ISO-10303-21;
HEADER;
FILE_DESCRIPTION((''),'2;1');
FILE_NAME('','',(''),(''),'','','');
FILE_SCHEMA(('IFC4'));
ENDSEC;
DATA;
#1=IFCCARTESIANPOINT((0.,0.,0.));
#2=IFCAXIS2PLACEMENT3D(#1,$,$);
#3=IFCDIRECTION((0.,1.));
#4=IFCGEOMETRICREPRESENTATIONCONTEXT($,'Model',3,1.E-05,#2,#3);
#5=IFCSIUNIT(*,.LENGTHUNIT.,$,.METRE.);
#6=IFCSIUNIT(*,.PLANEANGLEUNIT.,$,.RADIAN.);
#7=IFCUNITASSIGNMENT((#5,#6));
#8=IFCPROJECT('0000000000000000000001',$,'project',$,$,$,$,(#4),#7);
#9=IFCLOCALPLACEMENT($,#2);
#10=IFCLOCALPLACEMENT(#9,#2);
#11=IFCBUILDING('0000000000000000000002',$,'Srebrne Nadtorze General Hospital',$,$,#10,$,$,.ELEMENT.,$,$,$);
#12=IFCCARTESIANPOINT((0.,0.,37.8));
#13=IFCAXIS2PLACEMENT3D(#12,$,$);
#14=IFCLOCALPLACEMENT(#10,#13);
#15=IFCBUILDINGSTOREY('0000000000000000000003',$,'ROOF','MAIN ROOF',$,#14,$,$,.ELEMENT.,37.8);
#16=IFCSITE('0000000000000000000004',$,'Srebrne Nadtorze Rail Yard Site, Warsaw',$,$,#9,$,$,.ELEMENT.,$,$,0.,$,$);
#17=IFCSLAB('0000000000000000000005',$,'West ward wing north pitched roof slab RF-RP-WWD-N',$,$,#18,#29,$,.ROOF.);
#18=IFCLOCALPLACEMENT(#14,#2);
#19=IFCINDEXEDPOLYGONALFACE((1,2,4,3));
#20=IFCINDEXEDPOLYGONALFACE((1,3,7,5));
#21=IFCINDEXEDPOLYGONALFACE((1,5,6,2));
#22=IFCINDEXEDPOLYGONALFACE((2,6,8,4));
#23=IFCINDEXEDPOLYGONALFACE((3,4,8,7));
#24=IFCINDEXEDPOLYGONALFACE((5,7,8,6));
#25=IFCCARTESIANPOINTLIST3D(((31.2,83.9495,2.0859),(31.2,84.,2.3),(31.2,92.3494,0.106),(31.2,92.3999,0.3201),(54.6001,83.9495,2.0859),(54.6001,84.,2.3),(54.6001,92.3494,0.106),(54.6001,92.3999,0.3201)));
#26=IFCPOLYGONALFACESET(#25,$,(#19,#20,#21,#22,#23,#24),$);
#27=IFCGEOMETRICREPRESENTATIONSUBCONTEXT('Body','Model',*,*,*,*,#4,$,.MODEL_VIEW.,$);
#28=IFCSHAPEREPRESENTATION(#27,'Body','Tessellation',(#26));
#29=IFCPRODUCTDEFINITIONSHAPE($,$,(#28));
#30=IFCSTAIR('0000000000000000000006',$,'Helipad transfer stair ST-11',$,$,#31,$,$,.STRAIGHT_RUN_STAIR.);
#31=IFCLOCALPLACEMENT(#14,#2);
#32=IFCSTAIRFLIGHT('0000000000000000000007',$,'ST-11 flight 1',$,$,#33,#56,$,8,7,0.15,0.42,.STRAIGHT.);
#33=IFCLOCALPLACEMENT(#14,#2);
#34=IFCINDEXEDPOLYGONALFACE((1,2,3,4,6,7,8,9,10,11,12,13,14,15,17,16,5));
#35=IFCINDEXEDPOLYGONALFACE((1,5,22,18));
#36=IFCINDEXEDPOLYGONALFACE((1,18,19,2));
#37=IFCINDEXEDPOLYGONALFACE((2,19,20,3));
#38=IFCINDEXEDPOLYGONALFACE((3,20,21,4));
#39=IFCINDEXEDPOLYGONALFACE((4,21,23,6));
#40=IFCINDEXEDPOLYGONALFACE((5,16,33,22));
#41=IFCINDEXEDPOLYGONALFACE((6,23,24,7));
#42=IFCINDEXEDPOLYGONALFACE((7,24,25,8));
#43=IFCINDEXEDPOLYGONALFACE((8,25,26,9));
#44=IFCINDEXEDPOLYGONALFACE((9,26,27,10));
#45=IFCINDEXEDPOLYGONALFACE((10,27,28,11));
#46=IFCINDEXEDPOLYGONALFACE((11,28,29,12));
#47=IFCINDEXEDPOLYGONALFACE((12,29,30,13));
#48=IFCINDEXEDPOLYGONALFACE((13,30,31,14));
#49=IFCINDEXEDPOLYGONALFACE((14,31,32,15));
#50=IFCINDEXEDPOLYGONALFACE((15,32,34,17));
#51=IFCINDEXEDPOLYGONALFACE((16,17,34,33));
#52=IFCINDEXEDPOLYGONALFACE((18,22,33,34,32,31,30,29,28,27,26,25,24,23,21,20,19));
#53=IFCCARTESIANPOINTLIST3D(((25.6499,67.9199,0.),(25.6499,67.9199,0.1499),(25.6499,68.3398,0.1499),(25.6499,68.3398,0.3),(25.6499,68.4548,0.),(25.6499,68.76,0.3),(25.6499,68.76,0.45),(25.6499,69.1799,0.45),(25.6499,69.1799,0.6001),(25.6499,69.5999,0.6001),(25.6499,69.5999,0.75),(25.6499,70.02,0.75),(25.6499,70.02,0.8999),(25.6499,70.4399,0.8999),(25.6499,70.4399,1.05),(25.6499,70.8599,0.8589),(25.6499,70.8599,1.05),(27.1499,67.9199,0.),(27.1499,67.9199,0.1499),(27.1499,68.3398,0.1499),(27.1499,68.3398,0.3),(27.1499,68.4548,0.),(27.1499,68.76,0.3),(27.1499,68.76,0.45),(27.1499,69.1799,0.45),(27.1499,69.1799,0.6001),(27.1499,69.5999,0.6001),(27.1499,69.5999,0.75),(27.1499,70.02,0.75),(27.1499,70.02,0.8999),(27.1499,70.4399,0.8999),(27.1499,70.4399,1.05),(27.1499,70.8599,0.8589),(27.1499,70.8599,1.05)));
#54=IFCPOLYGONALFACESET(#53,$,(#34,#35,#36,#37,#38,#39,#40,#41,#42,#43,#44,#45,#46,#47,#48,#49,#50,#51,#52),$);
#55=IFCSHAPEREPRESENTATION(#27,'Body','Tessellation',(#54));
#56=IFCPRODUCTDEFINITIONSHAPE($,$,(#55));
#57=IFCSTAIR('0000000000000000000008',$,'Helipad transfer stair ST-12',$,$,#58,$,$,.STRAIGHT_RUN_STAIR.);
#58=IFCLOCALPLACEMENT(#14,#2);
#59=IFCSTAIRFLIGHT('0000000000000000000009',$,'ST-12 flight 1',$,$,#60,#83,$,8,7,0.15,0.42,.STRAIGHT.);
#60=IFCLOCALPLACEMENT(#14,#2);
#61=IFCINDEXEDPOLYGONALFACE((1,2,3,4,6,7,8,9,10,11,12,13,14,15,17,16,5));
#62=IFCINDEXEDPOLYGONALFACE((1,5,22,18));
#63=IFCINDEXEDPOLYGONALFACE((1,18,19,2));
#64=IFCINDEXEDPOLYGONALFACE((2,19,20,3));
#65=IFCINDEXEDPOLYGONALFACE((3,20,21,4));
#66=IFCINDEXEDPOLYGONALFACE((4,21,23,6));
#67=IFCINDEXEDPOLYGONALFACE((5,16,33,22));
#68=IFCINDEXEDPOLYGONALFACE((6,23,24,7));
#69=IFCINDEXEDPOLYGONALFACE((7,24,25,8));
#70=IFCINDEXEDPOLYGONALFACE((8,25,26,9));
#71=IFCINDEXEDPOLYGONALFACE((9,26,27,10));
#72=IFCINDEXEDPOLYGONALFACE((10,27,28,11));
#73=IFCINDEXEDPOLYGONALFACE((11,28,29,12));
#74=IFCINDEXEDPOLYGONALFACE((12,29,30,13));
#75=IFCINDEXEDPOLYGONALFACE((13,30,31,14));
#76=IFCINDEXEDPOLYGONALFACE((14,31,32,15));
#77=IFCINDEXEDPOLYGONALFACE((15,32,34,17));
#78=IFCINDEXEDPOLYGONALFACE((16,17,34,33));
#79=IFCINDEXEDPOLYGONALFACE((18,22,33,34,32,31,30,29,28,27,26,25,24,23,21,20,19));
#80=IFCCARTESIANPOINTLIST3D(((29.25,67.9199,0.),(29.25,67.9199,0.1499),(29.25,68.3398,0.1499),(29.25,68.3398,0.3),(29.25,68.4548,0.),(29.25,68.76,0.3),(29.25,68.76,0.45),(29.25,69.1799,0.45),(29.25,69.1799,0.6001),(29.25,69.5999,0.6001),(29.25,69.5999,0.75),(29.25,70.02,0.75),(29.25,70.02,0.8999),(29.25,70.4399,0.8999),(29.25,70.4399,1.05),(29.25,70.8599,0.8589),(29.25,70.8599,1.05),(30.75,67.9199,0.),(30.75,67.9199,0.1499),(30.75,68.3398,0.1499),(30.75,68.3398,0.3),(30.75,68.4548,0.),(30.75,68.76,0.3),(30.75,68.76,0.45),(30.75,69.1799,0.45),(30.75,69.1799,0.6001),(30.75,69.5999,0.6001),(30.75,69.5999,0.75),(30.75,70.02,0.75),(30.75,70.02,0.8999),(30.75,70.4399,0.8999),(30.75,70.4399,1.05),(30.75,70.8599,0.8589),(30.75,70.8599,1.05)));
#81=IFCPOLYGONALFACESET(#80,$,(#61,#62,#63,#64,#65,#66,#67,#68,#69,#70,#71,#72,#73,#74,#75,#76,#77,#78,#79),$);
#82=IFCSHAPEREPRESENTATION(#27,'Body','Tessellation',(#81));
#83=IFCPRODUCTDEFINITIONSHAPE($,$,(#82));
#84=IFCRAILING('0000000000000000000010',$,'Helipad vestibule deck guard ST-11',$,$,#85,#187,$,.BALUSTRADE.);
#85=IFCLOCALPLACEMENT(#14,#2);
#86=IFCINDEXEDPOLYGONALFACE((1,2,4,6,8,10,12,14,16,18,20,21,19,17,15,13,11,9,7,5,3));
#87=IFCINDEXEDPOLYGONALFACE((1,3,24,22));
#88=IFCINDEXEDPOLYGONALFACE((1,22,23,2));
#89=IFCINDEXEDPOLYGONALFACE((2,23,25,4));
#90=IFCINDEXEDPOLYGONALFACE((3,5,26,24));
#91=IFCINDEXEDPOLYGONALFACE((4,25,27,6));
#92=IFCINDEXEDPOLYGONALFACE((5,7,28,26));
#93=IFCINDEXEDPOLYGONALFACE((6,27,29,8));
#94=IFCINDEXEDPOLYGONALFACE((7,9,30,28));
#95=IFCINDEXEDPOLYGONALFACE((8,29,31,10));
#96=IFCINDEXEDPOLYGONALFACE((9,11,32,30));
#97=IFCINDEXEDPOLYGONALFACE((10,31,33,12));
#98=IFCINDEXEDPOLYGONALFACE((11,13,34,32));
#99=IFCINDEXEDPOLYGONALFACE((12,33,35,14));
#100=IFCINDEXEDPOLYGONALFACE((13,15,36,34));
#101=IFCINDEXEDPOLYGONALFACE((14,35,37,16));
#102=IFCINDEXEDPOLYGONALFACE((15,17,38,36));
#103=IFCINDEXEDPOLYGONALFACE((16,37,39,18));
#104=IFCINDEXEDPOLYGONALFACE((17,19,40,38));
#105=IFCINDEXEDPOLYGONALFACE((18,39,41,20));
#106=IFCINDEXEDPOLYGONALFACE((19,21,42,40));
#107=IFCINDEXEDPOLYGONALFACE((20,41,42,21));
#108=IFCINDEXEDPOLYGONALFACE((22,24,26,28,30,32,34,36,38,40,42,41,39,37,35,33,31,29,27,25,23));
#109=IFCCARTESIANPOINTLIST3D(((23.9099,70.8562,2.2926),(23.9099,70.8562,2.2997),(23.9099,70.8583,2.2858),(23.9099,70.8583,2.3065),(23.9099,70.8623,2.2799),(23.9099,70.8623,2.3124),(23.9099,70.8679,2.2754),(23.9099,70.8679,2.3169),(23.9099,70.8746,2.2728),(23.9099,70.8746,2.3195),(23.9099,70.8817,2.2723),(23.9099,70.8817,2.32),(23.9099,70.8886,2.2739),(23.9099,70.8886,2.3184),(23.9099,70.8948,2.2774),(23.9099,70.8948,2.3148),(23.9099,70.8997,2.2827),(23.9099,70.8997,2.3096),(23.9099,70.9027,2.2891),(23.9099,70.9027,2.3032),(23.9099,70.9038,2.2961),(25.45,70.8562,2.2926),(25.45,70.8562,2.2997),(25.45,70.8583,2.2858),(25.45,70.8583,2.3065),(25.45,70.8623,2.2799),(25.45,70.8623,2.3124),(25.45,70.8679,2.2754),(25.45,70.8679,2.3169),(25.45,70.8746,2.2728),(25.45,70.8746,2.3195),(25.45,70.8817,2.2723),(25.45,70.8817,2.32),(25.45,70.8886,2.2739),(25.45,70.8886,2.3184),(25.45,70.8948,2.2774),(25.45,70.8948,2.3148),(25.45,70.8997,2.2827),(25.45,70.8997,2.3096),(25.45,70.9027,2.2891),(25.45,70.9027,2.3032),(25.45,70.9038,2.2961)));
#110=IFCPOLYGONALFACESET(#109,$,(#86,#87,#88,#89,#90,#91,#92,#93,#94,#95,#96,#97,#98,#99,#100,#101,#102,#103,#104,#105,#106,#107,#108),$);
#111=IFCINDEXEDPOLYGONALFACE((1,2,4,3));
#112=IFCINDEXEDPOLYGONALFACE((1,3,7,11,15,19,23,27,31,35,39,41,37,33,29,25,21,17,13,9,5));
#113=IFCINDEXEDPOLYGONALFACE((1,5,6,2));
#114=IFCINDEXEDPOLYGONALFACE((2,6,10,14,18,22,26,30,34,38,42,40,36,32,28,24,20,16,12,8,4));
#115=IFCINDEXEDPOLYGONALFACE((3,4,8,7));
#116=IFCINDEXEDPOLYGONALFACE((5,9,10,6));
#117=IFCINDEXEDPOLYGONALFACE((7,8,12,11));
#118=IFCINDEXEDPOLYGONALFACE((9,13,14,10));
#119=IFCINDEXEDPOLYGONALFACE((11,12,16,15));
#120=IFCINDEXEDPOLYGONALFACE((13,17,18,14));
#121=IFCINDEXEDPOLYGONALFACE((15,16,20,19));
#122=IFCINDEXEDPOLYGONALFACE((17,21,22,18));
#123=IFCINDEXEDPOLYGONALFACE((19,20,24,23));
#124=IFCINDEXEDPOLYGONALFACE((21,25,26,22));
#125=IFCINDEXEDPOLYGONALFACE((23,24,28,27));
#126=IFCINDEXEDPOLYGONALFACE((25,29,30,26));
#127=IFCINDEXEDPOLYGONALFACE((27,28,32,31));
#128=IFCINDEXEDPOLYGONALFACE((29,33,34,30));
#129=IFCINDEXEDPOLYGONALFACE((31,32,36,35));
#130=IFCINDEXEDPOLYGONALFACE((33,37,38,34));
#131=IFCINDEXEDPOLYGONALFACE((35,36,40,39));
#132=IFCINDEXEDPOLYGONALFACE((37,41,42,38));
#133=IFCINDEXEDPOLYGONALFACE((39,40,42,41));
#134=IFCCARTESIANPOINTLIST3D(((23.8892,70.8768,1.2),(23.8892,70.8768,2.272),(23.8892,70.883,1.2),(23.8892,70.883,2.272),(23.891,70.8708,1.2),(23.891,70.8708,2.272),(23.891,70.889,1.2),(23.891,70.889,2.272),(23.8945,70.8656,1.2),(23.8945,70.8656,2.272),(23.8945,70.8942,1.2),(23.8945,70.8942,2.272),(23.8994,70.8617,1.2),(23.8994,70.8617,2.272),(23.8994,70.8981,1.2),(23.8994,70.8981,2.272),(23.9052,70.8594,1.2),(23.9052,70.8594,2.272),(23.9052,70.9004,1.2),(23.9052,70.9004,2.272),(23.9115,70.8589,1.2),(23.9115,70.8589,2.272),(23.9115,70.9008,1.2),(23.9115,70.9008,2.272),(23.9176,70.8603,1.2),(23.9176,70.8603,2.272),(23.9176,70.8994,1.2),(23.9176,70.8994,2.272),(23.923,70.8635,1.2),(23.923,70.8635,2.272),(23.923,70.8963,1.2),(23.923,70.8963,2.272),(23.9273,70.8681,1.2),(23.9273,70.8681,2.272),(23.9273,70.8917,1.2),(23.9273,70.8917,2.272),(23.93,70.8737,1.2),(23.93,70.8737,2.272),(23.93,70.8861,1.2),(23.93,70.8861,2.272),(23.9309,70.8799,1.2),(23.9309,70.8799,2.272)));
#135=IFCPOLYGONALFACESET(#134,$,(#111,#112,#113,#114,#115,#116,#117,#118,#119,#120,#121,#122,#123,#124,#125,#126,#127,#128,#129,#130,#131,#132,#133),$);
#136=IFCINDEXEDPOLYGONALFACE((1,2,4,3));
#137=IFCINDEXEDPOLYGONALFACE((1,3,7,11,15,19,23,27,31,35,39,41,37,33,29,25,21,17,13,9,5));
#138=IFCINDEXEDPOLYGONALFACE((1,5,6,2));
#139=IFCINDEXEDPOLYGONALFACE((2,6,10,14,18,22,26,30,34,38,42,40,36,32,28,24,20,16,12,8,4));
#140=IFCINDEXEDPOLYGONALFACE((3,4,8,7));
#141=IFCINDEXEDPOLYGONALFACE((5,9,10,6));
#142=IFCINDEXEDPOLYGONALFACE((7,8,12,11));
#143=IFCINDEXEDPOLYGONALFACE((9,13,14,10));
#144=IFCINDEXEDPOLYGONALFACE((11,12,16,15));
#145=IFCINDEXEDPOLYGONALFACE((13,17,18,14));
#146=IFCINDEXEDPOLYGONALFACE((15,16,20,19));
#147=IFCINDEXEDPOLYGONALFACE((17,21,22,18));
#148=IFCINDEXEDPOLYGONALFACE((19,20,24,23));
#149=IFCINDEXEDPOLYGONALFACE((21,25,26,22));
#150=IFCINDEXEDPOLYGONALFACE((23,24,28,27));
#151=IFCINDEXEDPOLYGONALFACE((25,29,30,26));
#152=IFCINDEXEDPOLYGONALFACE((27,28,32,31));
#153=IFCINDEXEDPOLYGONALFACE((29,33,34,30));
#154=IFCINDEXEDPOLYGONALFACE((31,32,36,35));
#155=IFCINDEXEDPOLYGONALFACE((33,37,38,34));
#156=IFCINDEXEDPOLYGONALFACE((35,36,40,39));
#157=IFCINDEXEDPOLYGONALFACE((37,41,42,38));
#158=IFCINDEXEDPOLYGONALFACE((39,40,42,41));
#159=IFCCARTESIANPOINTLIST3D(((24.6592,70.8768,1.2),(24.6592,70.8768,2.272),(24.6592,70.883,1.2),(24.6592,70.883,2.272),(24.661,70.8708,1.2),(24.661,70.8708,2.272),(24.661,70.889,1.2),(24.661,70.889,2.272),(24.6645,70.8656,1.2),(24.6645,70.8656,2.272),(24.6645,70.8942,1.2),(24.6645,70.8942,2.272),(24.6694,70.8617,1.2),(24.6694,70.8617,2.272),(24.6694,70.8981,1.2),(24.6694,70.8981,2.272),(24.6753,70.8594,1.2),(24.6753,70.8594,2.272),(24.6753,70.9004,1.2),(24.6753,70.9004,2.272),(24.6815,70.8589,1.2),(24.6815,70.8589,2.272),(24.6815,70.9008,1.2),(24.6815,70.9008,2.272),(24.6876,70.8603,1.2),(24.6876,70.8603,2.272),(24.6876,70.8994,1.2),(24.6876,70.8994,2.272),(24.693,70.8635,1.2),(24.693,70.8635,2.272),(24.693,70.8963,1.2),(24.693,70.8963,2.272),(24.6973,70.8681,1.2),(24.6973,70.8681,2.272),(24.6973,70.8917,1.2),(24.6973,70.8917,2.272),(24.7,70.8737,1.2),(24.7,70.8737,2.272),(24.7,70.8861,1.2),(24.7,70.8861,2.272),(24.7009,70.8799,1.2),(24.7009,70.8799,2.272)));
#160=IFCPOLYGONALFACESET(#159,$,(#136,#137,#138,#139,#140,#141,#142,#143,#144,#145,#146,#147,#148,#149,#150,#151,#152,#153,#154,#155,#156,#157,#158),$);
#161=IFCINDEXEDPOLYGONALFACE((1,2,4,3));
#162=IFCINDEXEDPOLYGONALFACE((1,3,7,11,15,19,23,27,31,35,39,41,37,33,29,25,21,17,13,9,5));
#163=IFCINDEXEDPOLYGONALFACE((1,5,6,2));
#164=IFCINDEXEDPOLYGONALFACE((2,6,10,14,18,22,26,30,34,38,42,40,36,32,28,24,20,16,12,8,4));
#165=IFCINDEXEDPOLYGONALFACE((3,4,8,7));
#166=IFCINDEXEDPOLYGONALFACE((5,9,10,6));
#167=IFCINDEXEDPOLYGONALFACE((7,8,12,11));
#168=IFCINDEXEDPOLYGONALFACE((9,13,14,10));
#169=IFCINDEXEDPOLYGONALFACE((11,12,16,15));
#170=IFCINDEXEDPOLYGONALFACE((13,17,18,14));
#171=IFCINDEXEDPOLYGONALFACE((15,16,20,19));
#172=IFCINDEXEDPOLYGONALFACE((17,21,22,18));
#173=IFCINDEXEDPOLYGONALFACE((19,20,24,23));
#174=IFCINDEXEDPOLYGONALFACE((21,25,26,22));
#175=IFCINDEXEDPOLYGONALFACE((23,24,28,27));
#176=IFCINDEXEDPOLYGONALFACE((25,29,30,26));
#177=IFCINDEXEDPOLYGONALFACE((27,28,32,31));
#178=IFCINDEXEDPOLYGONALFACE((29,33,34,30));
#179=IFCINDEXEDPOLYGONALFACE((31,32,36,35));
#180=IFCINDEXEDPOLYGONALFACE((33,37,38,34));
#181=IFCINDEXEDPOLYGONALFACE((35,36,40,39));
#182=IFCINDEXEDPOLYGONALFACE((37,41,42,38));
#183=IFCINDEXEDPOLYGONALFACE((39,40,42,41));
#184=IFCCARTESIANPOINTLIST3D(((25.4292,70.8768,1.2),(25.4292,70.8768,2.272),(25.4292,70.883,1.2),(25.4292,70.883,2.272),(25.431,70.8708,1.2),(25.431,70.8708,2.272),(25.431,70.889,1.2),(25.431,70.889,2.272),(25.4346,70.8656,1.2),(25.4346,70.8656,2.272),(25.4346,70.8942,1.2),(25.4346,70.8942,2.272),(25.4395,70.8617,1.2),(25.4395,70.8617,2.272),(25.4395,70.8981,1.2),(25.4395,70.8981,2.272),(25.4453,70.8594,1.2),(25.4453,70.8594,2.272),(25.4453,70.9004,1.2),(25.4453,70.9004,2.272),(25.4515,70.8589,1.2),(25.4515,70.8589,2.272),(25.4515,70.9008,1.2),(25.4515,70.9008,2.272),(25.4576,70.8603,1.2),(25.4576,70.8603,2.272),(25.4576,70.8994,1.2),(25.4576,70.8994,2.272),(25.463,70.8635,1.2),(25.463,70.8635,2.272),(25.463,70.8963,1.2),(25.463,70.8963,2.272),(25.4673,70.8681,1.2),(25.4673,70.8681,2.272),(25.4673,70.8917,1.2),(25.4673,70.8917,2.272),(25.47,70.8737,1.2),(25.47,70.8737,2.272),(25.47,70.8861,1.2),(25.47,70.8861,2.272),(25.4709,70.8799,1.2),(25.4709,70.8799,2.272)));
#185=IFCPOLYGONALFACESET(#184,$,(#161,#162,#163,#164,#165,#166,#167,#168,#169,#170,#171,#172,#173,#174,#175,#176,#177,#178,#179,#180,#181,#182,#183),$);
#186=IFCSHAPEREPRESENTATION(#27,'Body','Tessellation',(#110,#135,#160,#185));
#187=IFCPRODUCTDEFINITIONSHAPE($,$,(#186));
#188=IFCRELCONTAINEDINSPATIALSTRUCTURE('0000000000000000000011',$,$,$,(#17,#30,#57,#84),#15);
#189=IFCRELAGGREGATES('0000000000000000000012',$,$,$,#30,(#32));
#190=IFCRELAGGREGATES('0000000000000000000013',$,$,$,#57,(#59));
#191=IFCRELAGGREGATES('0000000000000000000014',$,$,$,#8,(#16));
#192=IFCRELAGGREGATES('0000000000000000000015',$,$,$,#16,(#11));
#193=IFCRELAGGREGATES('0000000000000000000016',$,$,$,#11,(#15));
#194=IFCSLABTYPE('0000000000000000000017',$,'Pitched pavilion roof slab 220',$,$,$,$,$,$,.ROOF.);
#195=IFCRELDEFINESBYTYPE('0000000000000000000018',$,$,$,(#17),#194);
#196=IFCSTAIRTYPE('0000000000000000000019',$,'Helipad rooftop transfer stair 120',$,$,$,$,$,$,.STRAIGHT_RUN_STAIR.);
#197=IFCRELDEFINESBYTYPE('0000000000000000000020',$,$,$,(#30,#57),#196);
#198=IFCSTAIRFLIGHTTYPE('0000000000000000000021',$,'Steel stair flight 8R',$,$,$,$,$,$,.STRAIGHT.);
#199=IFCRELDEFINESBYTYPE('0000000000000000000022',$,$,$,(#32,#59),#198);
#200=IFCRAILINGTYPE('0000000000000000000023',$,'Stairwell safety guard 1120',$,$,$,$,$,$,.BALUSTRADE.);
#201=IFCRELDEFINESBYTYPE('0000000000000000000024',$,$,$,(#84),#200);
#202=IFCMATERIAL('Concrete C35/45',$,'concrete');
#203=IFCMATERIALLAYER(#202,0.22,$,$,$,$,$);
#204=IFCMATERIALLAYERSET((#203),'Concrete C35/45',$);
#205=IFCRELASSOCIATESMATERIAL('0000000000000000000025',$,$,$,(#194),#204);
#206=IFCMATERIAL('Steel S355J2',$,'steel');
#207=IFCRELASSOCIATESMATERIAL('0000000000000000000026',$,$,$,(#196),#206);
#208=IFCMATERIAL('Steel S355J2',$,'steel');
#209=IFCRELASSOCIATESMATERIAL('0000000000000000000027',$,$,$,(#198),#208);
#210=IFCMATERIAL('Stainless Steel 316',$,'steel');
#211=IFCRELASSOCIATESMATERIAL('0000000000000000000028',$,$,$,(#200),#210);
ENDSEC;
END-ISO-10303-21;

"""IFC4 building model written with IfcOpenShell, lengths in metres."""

from ifc_helpers import new_model, si_unit, direction, frame, origin, origin_2d, place, context, subcontext, project, spatial, polyline, circle, outline, extrude, material, layer, layer_set, type_object, element, aggregate, save


model = new_model("IFC4")

# Units and contexts
model_context = context("Model", 3, precision=1e-05, world=origin(), true_north=direction((0.0, 1.0)))
body_context = subcontext(model_context, "Body", "Model", "MODEL_VIEW")
ifc_project = project(units=[si_unit("LENGTHUNIT", "METRE"), si_unit("PLANEANGLEUNIT", "RADIAN")], contexts=[model_context])

# Site, building, storey
site_placement = place(None, origin())
site = spatial("IfcSite", under=ifc_project, at=site_placement, Name="Srebrne Nadtorze Rail Yard Site, Warsaw", CompositionType="ELEMENT", RefElevation=0.0)
building_placement = place(site_placement, origin())
building = spatial("IfcBuilding", under=site, at=building_placement, Name="Srebrne Nadtorze General Hospital", CompositionType="ELEMENT")
storey_placement = place(building_placement, frame((0.0, 0.0, 37.8)))
storey = spatial("IfcBuildingStorey", under=building, at=storey_placement, Name="ROOF", Description="MAIN ROOF", CompositionType="ELEMENT", Elevation=37.8)

# Slab
ifc_material_1 = material(Name="Concrete C35/45", Category="concrete")
ifc_layer = layer(ifc_material_1, 0.22)
ifc_layer_set = layer_set([ifc_layer], Name="Concrete C35/45")
slab_type = type_object("IfcSlabType", Name="Pitched pavilion roof slab 220", PredefinedType="ROOF", material=ifc_layer_set)
slab_placement = place(storey_placement, frame((31.2, 84.0, 2.3), z_axis=(0.0, 0.229427, 0.973326), x_axis=(1.0, 0.0, 0.0)))
element("IfcSlab", 1, at=slab_placement, inside=storey, type_object=slab_type, Name="West ward wing north pitched roof slab RF-RP-WWD-N", PredefinedType="ROOF", context=body_context, shape_type="SweptSolid", body=[
    extrude(outline(polyline([(0.0, 0.0), (23.4001, 0.0), (23.4001, 8.6301), (0.0, 8.6301), (0.0, 0.0)])), origin(), (0.0, 0.0, -1.0), 0.22),
])

# Stairs, stair flights
ifc_material_2 = material(Name="Steel S355J2", Category="steel")
stair_type = type_object("IfcStairType", Name="Helipad rooftop transfer stair 120", PredefinedType="STRAIGHT_RUN_STAIR", material=ifc_material_2)
stair_1_placement = place(storey_placement, origin())
stair_1 = element("IfcStair", 2, at=stair_1_placement, inside=storey, type_object=stair_type, Name="Helipad transfer stair ST-11", PredefinedType="STRAIGHT_RUN_STAIR")
ifc_material_3 = material(Name="Steel S355J2", Category="steel")
stair_flight_type = type_object("IfcStairFlightType", Name="Steel stair flight 8R", PredefinedType="STRAIGHT", material=ifc_material_3)
stair_flight_1_placement = place(storey_placement, frame((26.3999, 67.9199, 0.0), z_axis=(0.0, 0.0, 1.0), x_axis=(0.0, 1.0, 0.0)))
stair_flight_1 = element("IfcStairFlight", 3, at=stair_flight_1_placement, type_object=stair_flight_type, Name="ST-11 flight 1", NumberOfRisers=8, NumberOfTreads=7, PredefinedType="STRAIGHT", RiserHeight=0.15, TreadLength=0.42, context=body_context, shape_type="SweptSolid", body=[
    extrude(outline(polyline([(0.0, 0.0), (0.0, 0.1499), (0.4199, 0.1499), (0.4199, 0.3), (0.8401, 0.3), (0.8401, 0.45), (1.26, 0.45), (1.26, 0.6001), (1.6799, 0.6001), (1.6799, 0.75), (2.1001, 0.75), (2.1001, 0.8999), (2.52, 0.8999), (2.52, 1.05), (2.9399, 1.05), (2.9399, 1.2), (2.9399, 0.8589), (0.5349, 0.0), (0.0, 0.0)])), frame((0.0, 0.75, 0.0), z_axis=(0.0, -1.0, 0.0), x_axis=(1.0, 0.0, 0.0)), (0.0, 0.0, 1.0), 1.5),
])
aggregate(stair_1, [stair_flight_1])
stair_2_placement = place(storey_placement, origin())
stair_2 = element("IfcStair", 4, at=stair_2_placement, inside=storey, type_object=stair_type, Name="Helipad transfer stair ST-12", PredefinedType="STRAIGHT_RUN_STAIR")
stair_flight_2_placement = place(storey_placement, frame((30.0, 67.9199, 0.0), z_axis=(0.0, 0.0, 1.0), x_axis=(0.0, 1.0, 0.0)))
stair_flight_2 = element("IfcStairFlight", 5, at=stair_flight_2_placement, type_object=stair_flight_type, Name="ST-12 flight 1", NumberOfRisers=8, NumberOfTreads=7, PredefinedType="STRAIGHT", RiserHeight=0.15, TreadLength=0.42, context=body_context, shape_type="SweptSolid", body=[
    extrude(outline(polyline([(0.0, 0.0), (0.0, 0.1499), (0.4199, 0.1499), (0.4199, 0.3), (0.8401, 0.3), (0.8401, 0.45), (1.26, 0.45), (1.26, 0.6001), (1.6799, 0.6001), (1.6799, 0.75), (2.1001, 0.75), (2.1001, 0.8999), (2.52, 0.8999), (2.52, 1.05), (2.9399, 1.05), (2.9399, 1.2), (2.9399, 0.8589), (0.5349, 0.0), (0.0, 0.0)])), frame((0.0, 0.75, 0.0), z_axis=(0.0, -1.0, 0.0), x_axis=(1.0, 0.0, 0.0)), (0.0, 0.0, 1.0), 1.5),
])
aggregate(stair_2, [stair_flight_2])

# Railing
ifc_material_4 = material(Name="Stainless Steel 316", Category="steel")
railing_type_1 = type_object("IfcRailingType", Name="Stairwell safety guard 1120", PredefinedType="BALUSTRADE", material=ifc_material_4)
for number, where, name in (
    (6, (23.9099, 70.8799, 1.2), "Helipad vestibule deck guard ST-11"),
):
    element("IfcRailing", number, at=place(storey_placement, frame(where)), inside=storey, type_object=railing_type_1, Name=name, PredefinedType="BALUSTRADE", context=body_context, shape_type="SweptSolid", body=[
        extrude(circle(Radius=0.0239, at=origin_2d()), frame((0.0, 0.0, 1.0962), z_axis=(1.0, 0.0, 0.0), x_axis=(0.0, 1.0, 0.0)), (0.0, 0.0, 1.0), 1.54),
        extrude(circle(Radius=0.021, at=origin_2d()), origin(), (0.0, 0.0, 1.0), 1.072),
        extrude(circle(Radius=0.021, at=origin_2d()), frame((0.77, 0.0, 0.0)), (0.0, 0.0, 1.0), 1.072),
        extrude(circle(Radius=0.021, at=origin_2d()), frame((1.54, 0.0, 0.0)), (0.0, 0.0, 1.0), 1.072),
    ])

save(model, "model.ifc")
